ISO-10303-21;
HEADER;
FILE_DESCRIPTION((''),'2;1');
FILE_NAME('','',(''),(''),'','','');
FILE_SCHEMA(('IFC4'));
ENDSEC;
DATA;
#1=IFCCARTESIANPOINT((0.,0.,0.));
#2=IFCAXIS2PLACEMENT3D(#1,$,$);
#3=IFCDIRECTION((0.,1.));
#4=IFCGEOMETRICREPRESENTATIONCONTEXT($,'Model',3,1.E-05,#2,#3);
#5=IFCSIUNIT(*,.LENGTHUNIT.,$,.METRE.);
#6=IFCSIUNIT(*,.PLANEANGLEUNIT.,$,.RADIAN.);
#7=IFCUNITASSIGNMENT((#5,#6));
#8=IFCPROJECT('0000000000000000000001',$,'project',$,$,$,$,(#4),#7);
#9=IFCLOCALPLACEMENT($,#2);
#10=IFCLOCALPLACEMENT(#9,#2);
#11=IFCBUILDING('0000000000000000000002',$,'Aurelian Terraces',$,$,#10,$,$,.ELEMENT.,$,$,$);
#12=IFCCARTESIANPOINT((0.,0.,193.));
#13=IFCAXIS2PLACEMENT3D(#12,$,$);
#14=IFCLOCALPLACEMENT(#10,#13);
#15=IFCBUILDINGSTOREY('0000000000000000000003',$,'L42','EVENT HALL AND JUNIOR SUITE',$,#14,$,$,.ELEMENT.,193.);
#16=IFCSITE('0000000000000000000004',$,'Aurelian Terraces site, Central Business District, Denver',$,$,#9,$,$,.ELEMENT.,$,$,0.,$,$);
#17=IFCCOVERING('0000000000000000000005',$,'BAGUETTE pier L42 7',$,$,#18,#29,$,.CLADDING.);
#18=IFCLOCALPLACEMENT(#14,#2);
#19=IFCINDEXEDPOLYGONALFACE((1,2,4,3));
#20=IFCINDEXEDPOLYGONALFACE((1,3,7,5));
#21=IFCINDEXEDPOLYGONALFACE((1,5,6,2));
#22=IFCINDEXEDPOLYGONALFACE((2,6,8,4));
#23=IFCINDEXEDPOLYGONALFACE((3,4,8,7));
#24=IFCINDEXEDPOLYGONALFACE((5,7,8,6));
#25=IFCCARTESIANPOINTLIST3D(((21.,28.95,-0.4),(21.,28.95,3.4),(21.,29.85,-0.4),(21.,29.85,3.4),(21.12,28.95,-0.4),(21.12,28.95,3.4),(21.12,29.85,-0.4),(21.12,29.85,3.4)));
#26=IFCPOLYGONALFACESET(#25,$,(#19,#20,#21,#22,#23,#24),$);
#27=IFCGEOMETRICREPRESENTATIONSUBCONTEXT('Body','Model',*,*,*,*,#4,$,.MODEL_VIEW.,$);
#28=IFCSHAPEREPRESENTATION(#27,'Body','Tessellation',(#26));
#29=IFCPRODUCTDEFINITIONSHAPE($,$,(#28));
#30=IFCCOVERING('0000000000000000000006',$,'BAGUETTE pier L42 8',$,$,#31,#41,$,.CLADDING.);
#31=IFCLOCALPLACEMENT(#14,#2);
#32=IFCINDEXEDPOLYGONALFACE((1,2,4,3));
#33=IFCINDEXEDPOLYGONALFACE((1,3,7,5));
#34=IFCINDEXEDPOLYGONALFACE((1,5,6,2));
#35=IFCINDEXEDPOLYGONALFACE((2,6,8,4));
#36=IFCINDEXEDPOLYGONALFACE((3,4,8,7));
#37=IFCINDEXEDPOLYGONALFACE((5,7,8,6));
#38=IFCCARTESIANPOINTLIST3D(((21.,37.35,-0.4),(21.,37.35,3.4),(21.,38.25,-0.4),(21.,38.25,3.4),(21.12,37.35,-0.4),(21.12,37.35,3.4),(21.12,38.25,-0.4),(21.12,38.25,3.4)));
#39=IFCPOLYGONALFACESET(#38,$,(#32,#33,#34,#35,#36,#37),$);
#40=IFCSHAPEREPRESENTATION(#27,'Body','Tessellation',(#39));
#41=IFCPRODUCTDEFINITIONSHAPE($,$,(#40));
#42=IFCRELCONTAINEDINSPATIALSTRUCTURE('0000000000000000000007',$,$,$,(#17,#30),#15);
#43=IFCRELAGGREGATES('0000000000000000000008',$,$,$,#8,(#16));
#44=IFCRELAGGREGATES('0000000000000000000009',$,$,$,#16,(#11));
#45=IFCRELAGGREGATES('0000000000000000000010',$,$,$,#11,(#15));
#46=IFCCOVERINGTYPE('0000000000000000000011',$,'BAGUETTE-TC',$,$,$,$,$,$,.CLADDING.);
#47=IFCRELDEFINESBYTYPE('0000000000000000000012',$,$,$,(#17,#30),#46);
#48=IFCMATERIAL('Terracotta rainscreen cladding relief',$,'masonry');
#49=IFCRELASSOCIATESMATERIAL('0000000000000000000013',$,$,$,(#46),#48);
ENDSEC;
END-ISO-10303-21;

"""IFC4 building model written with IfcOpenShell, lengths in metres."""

from ifc_helpers import new_model, si_unit, direction, frame, origin, origin_2d, place, context, subcontext, project, spatial, rectangle, extrude, source, transform, mapped, material, type_object, element, save


model = new_model("IFC4")

# Units and contexts
model_context = context("Model", 3, precision=1e-05, world=origin(), true_north=direction((0.0, 1.0)))
body_context = subcontext(model_context, "Body", "Model", "MODEL_VIEW")
ifc_project = project(units=[si_unit("LENGTHUNIT", "METRE"), si_unit("PLANEANGLEUNIT", "RADIAN")], contexts=[model_context])

# Site, building, storey
site_placement = place(None, origin())
site = spatial("IfcSite", under=ifc_project, at=site_placement, Name="Aurelian Terraces site, Central Business District, Denver", CompositionType="ELEMENT", RefElevation=0.0)
building_placement = place(site_placement, origin())
building = spatial("IfcBuilding", under=site, at=building_placement, Name="Aurelian Terraces", CompositionType="ELEMENT")
storey_placement = place(building_placement, frame((0.0, 0.0, 193.0)))
storey = spatial("IfcBuildingStorey", under=building, at=storey_placement, Name="L42", Description="EVENT HALL AND JUNIOR SUITE", CompositionType="ELEMENT", Elevation=193.0)

# Coverings
ifc_material_1 = material(Name="Terracotta rainscreen cladding relief", Category="masonry")
covering_type = type_object("IfcCoveringType", Name="BAGUETTE-TC", PredefinedType="CLADDING", material=ifc_material_1)
shared_shape_1 = source(origin(), body_context, "Body", "SweptSolid", [
    extrude(rectangle(XDim=0.12, YDim=0.9, at=origin_2d()), origin(), (0.0, 0.0, 1.0), 3.8),
])
for number, where, z_axis, x_axis, name in (
    (1, (21.06, 29.4, -0.4), (0.0, 0.0, 1.0), (1.0, 0.0, 0.0), "BAGUETTE pier L42 7"),
    (2, (21.06, 37.8, -0.4), (0.0, 0.0, 1.0), (1.0, 0.0, 0.0), "BAGUETTE pier L42 8"),
):
    element("IfcCovering", number, at=place(storey_placement, frame(where, z_axis=z_axis, x_axis=x_axis)), inside=storey, type_object=covering_type, Name=name, PredefinedType="CLADDING", context=body_context, shape_type="MappedRepresentation", body=[
        mapped(shared_shape_1, transform((0.0, 0.0, 0.0), scale=1.0)),
    ])

save(model, "model.ifc")
